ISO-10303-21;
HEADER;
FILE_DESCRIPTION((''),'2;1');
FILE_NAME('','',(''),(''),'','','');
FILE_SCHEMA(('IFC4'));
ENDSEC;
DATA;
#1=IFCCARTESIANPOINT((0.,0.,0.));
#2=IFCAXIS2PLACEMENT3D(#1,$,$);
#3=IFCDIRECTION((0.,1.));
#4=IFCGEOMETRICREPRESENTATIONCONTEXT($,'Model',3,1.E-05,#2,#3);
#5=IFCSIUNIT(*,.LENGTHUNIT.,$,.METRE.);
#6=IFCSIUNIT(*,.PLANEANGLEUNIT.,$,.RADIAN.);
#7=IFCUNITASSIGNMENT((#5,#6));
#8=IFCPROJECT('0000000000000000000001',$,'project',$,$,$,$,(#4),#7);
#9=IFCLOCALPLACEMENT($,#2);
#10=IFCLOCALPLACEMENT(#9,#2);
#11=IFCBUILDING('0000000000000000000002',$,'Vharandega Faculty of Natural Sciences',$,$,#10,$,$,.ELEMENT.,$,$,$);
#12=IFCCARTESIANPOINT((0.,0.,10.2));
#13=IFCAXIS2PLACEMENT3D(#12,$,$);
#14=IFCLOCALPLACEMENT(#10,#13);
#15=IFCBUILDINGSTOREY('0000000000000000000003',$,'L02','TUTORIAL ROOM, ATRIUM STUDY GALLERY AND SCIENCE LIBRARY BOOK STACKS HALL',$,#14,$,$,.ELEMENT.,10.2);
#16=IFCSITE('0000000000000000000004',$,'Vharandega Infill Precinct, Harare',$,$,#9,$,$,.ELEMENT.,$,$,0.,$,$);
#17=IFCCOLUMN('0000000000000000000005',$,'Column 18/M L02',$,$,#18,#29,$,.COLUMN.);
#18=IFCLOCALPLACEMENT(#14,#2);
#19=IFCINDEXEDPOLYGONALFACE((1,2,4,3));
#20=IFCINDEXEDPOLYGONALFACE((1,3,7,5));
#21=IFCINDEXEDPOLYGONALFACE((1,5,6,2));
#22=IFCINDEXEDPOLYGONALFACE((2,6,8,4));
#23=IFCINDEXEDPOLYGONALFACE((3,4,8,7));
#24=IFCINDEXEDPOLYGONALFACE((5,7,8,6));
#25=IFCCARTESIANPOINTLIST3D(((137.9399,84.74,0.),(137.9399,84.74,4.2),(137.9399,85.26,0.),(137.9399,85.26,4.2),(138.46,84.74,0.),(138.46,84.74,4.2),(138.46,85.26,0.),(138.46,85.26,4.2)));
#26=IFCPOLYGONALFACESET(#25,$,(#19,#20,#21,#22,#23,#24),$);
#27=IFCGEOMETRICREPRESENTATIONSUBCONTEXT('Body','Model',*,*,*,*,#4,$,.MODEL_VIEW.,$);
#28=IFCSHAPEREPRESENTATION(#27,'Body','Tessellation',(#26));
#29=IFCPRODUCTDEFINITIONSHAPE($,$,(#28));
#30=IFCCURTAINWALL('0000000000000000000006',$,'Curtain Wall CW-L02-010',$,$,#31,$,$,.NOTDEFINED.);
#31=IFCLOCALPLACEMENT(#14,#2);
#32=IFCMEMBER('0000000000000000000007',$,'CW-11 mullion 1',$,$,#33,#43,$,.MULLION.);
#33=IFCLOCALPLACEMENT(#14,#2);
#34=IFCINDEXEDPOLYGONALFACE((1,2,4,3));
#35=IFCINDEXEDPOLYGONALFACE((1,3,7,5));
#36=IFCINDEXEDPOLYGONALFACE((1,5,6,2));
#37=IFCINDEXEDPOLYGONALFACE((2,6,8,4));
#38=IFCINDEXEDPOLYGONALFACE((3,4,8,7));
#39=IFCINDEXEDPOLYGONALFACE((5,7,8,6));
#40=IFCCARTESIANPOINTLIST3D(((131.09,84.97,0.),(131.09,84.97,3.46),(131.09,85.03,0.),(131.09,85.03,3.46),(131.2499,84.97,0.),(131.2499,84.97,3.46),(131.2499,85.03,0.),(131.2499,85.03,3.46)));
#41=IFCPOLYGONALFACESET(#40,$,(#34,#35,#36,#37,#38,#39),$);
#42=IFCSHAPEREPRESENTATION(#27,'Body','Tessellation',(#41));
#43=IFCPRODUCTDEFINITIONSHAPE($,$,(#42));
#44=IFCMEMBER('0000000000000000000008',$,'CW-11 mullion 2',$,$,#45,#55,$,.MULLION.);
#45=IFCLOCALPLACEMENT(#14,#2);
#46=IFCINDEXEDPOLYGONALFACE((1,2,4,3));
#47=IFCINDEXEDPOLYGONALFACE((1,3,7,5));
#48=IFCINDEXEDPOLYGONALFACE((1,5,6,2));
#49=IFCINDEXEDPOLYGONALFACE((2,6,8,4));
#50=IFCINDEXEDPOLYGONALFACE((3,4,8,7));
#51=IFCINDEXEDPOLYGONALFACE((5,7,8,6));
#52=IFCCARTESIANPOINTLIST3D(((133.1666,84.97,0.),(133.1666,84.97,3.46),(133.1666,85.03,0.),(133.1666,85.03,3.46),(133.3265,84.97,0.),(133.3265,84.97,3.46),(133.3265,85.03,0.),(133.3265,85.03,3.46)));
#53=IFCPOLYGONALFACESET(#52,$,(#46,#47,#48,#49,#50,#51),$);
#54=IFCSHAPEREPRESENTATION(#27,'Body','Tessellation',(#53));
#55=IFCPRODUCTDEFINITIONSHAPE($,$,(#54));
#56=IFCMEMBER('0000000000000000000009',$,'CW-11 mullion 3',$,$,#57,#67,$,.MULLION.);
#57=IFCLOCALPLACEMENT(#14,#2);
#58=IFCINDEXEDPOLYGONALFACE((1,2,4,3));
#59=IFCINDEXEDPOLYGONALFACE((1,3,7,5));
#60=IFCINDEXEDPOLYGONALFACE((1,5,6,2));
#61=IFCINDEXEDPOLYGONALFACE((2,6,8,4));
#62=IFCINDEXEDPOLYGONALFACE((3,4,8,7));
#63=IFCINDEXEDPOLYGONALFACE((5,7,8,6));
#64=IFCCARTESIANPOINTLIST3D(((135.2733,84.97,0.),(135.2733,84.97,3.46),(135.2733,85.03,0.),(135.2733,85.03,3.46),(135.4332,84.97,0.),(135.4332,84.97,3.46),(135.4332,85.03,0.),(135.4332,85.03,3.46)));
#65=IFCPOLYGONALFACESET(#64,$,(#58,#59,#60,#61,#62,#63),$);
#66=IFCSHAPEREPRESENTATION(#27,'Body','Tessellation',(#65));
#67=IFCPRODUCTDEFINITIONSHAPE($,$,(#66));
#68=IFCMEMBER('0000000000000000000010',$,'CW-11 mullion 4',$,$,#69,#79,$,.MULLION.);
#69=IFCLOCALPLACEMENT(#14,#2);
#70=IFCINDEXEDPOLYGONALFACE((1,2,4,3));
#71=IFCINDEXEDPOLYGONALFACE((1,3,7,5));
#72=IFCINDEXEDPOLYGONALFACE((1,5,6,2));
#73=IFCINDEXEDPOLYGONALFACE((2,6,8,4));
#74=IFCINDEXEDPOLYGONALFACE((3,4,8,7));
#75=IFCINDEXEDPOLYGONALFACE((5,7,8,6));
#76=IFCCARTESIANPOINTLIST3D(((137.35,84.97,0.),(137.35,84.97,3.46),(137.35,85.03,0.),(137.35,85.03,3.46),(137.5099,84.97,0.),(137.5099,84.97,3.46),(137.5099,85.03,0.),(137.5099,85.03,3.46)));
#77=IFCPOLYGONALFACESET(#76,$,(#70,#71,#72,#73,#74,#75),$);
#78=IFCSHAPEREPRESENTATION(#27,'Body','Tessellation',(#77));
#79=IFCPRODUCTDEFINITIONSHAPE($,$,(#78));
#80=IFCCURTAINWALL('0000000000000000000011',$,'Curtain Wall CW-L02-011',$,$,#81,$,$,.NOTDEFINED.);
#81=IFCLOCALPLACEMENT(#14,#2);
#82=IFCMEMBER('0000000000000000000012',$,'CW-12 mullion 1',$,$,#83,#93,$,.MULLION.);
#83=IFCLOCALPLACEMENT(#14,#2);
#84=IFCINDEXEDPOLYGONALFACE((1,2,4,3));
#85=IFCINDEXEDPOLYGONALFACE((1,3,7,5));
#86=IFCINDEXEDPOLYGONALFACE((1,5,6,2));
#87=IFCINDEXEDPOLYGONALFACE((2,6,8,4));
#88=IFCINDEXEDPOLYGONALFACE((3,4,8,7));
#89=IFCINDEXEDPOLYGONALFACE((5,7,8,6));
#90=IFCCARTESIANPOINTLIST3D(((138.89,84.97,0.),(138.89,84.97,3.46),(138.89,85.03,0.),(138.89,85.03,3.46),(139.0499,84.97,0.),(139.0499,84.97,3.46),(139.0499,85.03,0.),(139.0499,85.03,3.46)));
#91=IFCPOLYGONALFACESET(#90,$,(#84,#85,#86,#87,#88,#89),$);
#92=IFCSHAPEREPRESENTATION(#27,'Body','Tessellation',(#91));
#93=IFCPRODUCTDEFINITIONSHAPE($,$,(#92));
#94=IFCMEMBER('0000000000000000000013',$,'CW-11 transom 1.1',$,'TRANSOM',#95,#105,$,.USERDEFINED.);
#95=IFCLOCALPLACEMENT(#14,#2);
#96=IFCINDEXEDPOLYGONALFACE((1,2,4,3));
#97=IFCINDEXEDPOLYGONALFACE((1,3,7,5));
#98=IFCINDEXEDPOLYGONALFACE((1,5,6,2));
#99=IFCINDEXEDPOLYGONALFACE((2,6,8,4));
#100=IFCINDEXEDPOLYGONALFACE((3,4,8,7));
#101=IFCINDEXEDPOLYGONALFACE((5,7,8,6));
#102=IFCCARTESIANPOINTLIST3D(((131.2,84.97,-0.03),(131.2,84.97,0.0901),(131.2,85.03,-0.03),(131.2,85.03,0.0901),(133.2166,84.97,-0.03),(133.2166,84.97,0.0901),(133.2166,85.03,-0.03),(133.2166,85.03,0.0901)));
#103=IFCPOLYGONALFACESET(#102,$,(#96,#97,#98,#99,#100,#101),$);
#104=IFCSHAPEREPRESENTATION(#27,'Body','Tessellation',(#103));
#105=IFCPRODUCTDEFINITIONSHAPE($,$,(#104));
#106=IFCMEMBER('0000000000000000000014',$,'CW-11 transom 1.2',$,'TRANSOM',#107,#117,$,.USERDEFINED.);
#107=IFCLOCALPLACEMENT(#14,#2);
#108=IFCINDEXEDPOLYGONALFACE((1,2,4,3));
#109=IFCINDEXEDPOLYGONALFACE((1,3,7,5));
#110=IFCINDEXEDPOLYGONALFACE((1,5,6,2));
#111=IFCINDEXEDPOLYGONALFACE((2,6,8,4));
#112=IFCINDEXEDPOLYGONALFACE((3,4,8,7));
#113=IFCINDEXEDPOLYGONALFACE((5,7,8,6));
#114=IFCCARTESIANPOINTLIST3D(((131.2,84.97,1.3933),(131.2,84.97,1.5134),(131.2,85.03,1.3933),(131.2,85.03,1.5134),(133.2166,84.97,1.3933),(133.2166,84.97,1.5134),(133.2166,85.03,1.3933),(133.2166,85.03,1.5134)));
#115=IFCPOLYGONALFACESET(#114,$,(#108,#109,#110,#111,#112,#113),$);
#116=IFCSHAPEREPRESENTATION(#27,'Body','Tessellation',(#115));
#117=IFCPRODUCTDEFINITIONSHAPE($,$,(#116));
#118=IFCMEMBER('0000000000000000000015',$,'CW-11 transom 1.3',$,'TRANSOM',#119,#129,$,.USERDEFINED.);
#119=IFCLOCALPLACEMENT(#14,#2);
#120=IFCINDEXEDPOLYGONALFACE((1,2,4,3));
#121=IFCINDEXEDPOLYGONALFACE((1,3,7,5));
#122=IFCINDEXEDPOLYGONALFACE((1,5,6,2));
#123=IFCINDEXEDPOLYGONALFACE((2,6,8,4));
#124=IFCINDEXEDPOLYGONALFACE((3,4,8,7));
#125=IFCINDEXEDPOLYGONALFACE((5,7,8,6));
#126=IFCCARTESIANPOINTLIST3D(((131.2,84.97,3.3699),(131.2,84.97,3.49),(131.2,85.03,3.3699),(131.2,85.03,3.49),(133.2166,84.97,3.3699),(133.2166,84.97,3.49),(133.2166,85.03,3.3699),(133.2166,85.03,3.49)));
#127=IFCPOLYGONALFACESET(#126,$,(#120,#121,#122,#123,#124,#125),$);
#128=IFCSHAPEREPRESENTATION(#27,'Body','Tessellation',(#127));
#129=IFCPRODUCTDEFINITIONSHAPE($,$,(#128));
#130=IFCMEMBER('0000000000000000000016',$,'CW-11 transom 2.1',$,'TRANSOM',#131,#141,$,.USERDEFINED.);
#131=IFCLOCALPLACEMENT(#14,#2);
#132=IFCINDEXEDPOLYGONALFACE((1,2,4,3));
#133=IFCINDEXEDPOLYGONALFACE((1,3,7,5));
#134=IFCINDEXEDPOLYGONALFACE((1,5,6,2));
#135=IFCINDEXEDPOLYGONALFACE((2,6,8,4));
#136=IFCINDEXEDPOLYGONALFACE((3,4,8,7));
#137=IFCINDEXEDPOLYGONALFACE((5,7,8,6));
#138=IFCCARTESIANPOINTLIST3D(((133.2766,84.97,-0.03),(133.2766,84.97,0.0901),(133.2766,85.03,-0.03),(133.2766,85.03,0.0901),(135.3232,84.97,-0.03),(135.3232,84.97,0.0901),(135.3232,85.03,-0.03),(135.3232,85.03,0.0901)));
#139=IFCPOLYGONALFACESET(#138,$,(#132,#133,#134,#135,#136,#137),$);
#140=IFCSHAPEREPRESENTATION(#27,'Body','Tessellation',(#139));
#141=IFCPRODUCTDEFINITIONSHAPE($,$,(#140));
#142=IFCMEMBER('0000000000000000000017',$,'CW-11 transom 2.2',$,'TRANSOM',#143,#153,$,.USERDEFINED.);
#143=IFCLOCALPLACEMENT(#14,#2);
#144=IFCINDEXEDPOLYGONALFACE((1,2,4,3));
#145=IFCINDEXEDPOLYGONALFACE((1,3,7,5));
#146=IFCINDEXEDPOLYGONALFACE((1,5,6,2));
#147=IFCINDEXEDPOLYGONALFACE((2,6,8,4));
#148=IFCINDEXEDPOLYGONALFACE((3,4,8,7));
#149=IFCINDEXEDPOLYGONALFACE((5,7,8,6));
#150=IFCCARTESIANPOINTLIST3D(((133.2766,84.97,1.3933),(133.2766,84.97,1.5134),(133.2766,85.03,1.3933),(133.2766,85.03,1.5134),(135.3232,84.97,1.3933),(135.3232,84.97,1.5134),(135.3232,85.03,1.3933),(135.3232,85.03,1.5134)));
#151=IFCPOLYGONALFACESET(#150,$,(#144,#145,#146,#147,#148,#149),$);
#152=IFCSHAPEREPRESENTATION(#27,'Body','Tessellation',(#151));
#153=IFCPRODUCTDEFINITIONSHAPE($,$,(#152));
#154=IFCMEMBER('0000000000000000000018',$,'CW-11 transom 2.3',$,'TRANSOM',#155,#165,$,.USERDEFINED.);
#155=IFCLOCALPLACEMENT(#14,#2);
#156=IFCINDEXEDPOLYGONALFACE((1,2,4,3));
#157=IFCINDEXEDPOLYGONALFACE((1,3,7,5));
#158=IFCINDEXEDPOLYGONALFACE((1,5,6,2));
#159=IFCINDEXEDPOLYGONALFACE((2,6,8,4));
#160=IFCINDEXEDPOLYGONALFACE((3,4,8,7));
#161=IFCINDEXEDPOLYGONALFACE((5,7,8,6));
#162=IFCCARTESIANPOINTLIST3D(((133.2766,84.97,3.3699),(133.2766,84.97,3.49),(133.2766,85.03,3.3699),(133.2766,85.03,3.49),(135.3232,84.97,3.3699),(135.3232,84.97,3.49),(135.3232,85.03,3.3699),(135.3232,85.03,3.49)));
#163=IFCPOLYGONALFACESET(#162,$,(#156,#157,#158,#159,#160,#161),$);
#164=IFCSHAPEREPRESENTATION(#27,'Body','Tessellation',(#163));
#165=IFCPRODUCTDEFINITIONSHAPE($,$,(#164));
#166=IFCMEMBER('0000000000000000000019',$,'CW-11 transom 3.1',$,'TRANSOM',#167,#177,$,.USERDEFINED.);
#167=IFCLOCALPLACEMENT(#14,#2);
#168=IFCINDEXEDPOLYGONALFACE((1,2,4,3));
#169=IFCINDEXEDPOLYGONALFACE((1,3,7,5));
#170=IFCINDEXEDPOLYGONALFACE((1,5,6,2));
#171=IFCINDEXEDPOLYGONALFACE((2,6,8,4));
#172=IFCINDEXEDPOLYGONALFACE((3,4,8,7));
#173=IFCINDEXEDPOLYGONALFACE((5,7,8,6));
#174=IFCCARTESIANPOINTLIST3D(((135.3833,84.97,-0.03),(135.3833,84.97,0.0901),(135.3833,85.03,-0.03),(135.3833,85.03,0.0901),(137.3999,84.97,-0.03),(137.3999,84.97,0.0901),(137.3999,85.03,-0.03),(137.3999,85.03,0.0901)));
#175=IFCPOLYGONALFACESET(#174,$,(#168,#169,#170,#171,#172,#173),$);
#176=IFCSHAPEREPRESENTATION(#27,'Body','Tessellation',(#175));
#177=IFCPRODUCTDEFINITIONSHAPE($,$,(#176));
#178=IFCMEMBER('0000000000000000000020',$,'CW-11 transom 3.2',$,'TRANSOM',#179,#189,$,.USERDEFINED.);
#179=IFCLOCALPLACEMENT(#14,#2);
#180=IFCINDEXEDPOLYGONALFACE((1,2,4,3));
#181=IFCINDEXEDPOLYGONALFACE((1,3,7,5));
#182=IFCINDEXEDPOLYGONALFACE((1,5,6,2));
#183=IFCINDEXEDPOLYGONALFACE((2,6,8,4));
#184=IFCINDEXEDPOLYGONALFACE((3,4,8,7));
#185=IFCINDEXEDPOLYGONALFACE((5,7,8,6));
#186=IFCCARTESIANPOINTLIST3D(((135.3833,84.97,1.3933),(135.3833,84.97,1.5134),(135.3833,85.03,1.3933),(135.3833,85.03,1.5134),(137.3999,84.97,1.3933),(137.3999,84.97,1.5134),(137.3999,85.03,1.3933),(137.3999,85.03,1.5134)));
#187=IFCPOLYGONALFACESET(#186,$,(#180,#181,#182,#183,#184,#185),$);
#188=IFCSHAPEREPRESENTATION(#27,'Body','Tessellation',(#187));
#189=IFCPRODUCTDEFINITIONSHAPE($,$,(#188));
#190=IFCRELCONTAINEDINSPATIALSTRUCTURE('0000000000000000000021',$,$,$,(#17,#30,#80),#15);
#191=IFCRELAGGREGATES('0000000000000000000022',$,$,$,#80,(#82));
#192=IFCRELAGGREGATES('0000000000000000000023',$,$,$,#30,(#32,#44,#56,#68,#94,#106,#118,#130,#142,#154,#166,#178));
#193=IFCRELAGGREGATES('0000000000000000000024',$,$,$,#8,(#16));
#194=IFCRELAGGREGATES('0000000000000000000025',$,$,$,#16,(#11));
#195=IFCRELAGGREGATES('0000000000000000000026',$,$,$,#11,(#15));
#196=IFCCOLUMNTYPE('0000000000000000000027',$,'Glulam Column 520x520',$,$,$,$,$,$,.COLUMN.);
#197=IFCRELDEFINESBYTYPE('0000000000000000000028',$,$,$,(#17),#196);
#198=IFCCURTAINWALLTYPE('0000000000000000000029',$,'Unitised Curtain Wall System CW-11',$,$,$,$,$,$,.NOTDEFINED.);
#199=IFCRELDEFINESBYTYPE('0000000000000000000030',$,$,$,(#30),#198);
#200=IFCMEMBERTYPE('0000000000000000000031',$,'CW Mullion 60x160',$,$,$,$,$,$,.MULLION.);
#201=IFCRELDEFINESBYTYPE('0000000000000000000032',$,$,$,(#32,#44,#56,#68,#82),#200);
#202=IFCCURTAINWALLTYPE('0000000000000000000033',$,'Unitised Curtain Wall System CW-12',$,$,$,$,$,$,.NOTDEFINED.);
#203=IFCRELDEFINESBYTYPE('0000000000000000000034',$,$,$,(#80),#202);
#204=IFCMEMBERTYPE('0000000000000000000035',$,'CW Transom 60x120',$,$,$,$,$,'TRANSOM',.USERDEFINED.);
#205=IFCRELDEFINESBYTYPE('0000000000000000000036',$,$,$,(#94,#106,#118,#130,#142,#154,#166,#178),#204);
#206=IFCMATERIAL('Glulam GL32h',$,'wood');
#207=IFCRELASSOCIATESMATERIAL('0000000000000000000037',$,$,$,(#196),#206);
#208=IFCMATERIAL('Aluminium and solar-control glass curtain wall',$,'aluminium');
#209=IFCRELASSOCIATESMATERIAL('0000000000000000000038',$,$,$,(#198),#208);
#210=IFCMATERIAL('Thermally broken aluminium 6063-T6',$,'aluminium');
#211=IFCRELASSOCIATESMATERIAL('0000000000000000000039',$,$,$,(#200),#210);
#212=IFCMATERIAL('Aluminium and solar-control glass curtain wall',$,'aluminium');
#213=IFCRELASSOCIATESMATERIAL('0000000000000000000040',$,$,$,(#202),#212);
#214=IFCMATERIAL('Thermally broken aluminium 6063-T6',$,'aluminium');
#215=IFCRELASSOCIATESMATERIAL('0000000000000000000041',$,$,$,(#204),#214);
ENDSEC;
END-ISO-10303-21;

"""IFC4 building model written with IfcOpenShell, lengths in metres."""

from ifc_helpers import new_model, si_unit, direction, frame, origin, origin_2d, place, context, subcontext, project, spatial, rectangle, extrude, material, material_profile, profile_set, type_object, element, aggregate, save


model = new_model("IFC4")

# Units and contexts
model_context = context("Model", 3, precision=1e-05, world=origin(), true_north=direction((0.0, 1.0)))
body_context = subcontext(model_context, "Body", "Model", "MODEL_VIEW")
ifc_project = project(units=[si_unit("LENGTHUNIT", "METRE"), si_unit("PLANEANGLEUNIT", "RADIAN")], contexts=[model_context])

# Site, building, storey
site_placement = place(None, origin())
site = spatial("IfcSite", under=ifc_project, at=site_placement, Name="Vharandega Infill Precinct, Harare", CompositionType="ELEMENT", RefElevation=0.0)
building_placement = place(site_placement, origin())
building = spatial("IfcBuilding", under=site, at=building_placement, Name="Vharandega Faculty of Natural Sciences", CompositionType="ELEMENT")
storey_placement = place(building_placement, frame((0.0, 0.0, 10.2)))
storey = spatial("IfcBuildingStorey", under=building, at=storey_placement, Name="L02", Description="TUTORIAL ROOM, ATRIUM STUDY GALLERY AND SCIENCE LIBRARY BOOK STACKS HALL", CompositionType="ELEMENT", Elevation=10.2)

# Column
ifc_material_1 = material(Name="Glulam GL32h", Category="wood")
ifc_material_profile_1 = material_profile(ifc_material_1, rectangle(XDim=0.52, YDim=0.52, at=origin_2d()), Name="GL32h 520x520")
ifc_profile_set_1 = profile_set([ifc_material_profile_1], Name="Glulam GL32h")
column_type = type_object("IfcColumnType", Name="Glulam Column 520x520", PredefinedType="COLUMN", material=ifc_profile_set_1)
column_placement = place(storey_placement, frame((138.2, 85.0, 0.0), z_axis=(0.0, 0.0, 1.0), x_axis=(1.0, 0.0, 0.0)))
element("IfcColumn", 1, at=column_placement, inside=storey, type_object=column_type, Name="Column 18/M L02", PredefinedType="COLUMN", context=body_context, shape_type="SweptSolid", body=[
    extrude(rectangle(XDim=0.52, YDim=0.52, at=origin_2d()), origin(), (0.0, 0.0, 1.0), 4.2),
])

# Curtain wall, members
ifc_material_2 = material(Name="Aluminium and solar-control glass curtain wall", Category="aluminium")
curtain_wall_type_1 = type_object("IfcCurtainWallType", Name="Unitised Curtain Wall System CW-11", PredefinedType="NOTDEFINED", material=ifc_material_2)
curtain_wall_1_placement = place(storey_placement, origin())
curtain_wall_1 = element("IfcCurtainWall", 2, at=curtain_wall_1_placement, inside=storey, type_object=curtain_wall_type_1, Name="Curtain Wall CW-L02-010", PredefinedType="NOTDEFINED")
ifc_material_3 = material(Name="Thermally broken aluminium 6063-T6", Category="aluminium")
ifc_material_profile_2 = material_profile(ifc_material_3, rectangle(XDim=0.0601, YDim=0.1599, at=origin_2d()), Name="ALU 60x160")
ifc_profile_set_2 = profile_set([ifc_material_profile_2], Name="Thermally broken aluminium 6063-T6")
member_type_1 = type_object("IfcMemberType", Name="CW Mullion 60x160", PredefinedType="MULLION", material=ifc_profile_set_2)
member_1_placement = place(storey_placement, frame((131.1699, 85.0, 0.0), z_axis=(0.0, 0.0, 1.0), x_axis=(0.0, 1.0, 0.0)))
member_1 = element("IfcMember", 3, at=member_1_placement, type_object=member_type_1, Name="CW-11 mullion 1", PredefinedType="MULLION", context=body_context, shape_type="SweptSolid", body=[
    extrude(rectangle(XDim=0.0601, YDim=0.1599, at=origin_2d()), origin(), (0.0, 0.0, 1.0), 3.46),
])
member_2_placement = place(storey_placement, frame((133.2466, 85.0, 0.0), z_axis=(0.0, 0.0, 1.0), x_axis=(0.0, 1.0, 0.0)))
member_2 = element("IfcMember", 4, at=member_2_placement, type_object=member_type_1, Name="CW-11 mullion 2", PredefinedType="MULLION", context=body_context, shape_type="SweptSolid", body=[
    extrude(rectangle(XDim=0.0601, YDim=0.1599, at=origin_2d()), origin(), (0.0, 0.0, 1.0), 3.46),
])
member_3_placement = place(storey_placement, frame((135.3533, 85.0, 0.0), z_axis=(0.0, 0.0, 1.0), x_axis=(0.0, 1.0, 0.0)))
member_3 = element("IfcMember", 5, at=member_3_placement, type_object=member_type_1, Name="CW-11 mullion 3", PredefinedType="MULLION", context=body_context, shape_type="SweptSolid", body=[
    extrude(rectangle(XDim=0.0601, YDim=0.1599, at=origin_2d()), origin(), (0.0, 0.0, 1.0), 3.46),
])
member_4_placement = place(storey_placement, frame((137.4299, 85.0, 0.0), z_axis=(0.0, 0.0, 1.0), x_axis=(0.0, 1.0, 0.0)))
member_4 = element("IfcMember", 6, at=member_4_placement, type_object=member_type_1, Name="CW-11 mullion 4", PredefinedType="MULLION", context=body_context, shape_type="SweptSolid", body=[
    extrude(rectangle(XDim=0.0601, YDim=0.1599, at=origin_2d()), origin(), (0.0, 0.0, 1.0), 3.46),
])

# Curtain wall, member
ifc_material_4 = material(Name="Aluminium and solar-control glass curtain wall", Category="aluminium")
curtain_wall_type_2 = type_object("IfcCurtainWallType", Name="Unitised Curtain Wall System CW-12", PredefinedType="NOTDEFINED", material=ifc_material_4)
curtain_wall_2_placement = place(storey_placement, origin())
curtain_wall_2 = element("IfcCurtainWall", 7, at=curtain_wall_2_placement, inside=storey, type_object=curtain_wall_type_2, Name="Curtain Wall CW-L02-011", PredefinedType="NOTDEFINED")
member_5_placement = place(storey_placement, frame((138.97, 85.0, 0.0), z_axis=(0.0, 0.0, 1.0), x_axis=(0.0, 1.0, 0.0)))
member_5 = element("IfcMember", 8, at=member_5_placement, type_object=member_type_1, Name="CW-12 mullion 1", PredefinedType="MULLION", context=body_context, shape_type="SweptSolid", body=[
    extrude(rectangle(XDim=0.0601, YDim=0.1599, at=origin_2d()), origin(), (0.0, 0.0, 1.0), 3.46),
])

# Members
ifc_material_5 = material(Name="Thermally broken aluminium 6063-T6", Category="aluminium")
ifc_material_profile_3 = material_profile(ifc_material_5, rectangle(XDim=0.0601, YDim=0.1201, at=origin_2d()), Name="ALU 60x120")
ifc_profile_set_3 = profile_set([ifc_material_profile_3], Name="Thermally broken aluminium 6063-T6")
member_type_2 = type_object("IfcMemberType", Name="CW Transom 60x120", ElementType="TRANSOM", PredefinedType="USERDEFINED", material=ifc_profile_set_3)
member_6_placement = place(storey_placement, frame((131.2, 85.0, 0.03), z_axis=(1.0, 0.0, 0.0), x_axis=(0.0, 1.0, 0.0)))
member_6 = element("IfcMember", 9, at=member_6_placement, type_object=member_type_2, Name="CW-11 transom 1.1", ObjectType="TRANSOM", PredefinedType="USERDEFINED", context=body_context, shape_type="SweptSolid", body=[
    extrude(rectangle(XDim=0.0601, YDim=0.1201, at=origin_2d()), origin(), (0.0, 0.0, 1.0), 2.0166),
])
member_7_placement = place(storey_placement, frame((131.2, 85.0, 1.4534), z_axis=(1.0, 0.0, 0.0), x_axis=(0.0, 1.0, 0.0)))
member_7 = element("IfcMember", 10, at=member_7_placement, type_object=member_type_2, Name="CW-11 transom 1.2", ObjectType="TRANSOM", PredefinedType="USERDEFINED", context=body_context, shape_type="SweptSolid", body=[
    extrude(rectangle(XDim=0.0601, YDim=0.1201, at=origin_2d()), origin(), (0.0, 0.0, 1.0), 2.0166),
])
member_8_placement = place(storey_placement, frame((131.2, 85.0, 3.4299), z_axis=(1.0, 0.0, 0.0), x_axis=(0.0, 1.0, 0.0)))
member_8 = element("IfcMember", 11, at=member_8_placement, type_object=member_type_2, Name="CW-11 transom 1.3", ObjectType="TRANSOM", PredefinedType="USERDEFINED", context=body_context, shape_type="SweptSolid", body=[
    extrude(rectangle(XDim=0.0601, YDim=0.1201, at=origin_2d()), origin(), (0.0, 0.0, 1.0), 2.0166),
])
member_9_placement = place(storey_placement, frame((133.2766, 85.0, 0.03), z_axis=(1.0, 0.0, 0.0), x_axis=(0.0, 1.0, 0.0)))
member_9 = element("IfcMember", 12, at=member_9_placement, type_object=member_type_2, Name="CW-11 transom 2.1", ObjectType="TRANSOM", PredefinedType="USERDEFINED", context=body_context, shape_type="SweptSolid", body=[
    extrude(rectangle(XDim=0.0601, YDim=0.1201, at=origin_2d()), origin(), (0.0, 0.0, 1.0), 2.0466),
])
member_10_placement = place(storey_placement, frame((133.2766, 85.0, 1.4534), z_axis=(1.0, 0.0, 0.0), x_axis=(0.0, 1.0, 0.0)))
member_10 = element("IfcMember", 13, at=member_10_placement, type_object=member_type_2, Name="CW-11 transom 2.2", ObjectType="TRANSOM", PredefinedType="USERDEFINED", context=body_context, shape_type="SweptSolid", body=[
    extrude(rectangle(XDim=0.0601, YDim=0.1201, at=origin_2d()), origin(), (0.0, 0.0, 1.0), 2.0466),
])
member_11_placement = place(storey_placement, frame((133.2766, 85.0, 3.4299), z_axis=(1.0, 0.0, 0.0), x_axis=(0.0, 1.0, 0.0)))
member_11 = element("IfcMember", 14, at=member_11_placement, type_object=member_type_2, Name="CW-11 transom 2.3", ObjectType="TRANSOM", PredefinedType="USERDEFINED", context=body_context, shape_type="SweptSolid", body=[
    extrude(rectangle(XDim=0.0601, YDim=0.1201, at=origin_2d()), origin(), (0.0, 0.0, 1.0), 2.0466),
])
member_12_placement = place(storey_placement, frame((135.3833, 85.0, 0.03), z_axis=(1.0, 0.0, 0.0), x_axis=(0.0, 1.0, 0.0)))
member_12 = element("IfcMember", 15, at=member_12_placement, type_object=member_type_2, Name="CW-11 transom 3.1", ObjectType="TRANSOM", PredefinedType="USERDEFINED", context=body_context, shape_type="SweptSolid", body=[
    extrude(rectangle(XDim=0.0601, YDim=0.1201, at=origin_2d()), origin(), (0.0, 0.0, 1.0), 2.0166),
])
member_13_placement = place(storey_placement, frame((135.3833, 85.0, 1.4534), z_axis=(1.0, 0.0, 0.0), x_axis=(0.0, 1.0, 0.0)))
member_13 = element("IfcMember", 16, at=member_13_placement, type_object=member_type_2, Name="CW-11 transom 3.2", ObjectType="TRANSOM", PredefinedType="USERDEFINED", context=body_context, shape_type="SweptSolid", body=[
    extrude(rectangle(XDim=0.0601, YDim=0.1201, at=origin_2d()), origin(), (0.0, 0.0, 1.0), 2.0166),
])
aggregate(curtain_wall_2, [member_5])

aggregate(curtain_wall_1, [member_1, member_2, member_3, member_4, member_6, member_7, member_8, member_9, member_10, member_11, member_12, member_13])

save(model, "model.ifc")
